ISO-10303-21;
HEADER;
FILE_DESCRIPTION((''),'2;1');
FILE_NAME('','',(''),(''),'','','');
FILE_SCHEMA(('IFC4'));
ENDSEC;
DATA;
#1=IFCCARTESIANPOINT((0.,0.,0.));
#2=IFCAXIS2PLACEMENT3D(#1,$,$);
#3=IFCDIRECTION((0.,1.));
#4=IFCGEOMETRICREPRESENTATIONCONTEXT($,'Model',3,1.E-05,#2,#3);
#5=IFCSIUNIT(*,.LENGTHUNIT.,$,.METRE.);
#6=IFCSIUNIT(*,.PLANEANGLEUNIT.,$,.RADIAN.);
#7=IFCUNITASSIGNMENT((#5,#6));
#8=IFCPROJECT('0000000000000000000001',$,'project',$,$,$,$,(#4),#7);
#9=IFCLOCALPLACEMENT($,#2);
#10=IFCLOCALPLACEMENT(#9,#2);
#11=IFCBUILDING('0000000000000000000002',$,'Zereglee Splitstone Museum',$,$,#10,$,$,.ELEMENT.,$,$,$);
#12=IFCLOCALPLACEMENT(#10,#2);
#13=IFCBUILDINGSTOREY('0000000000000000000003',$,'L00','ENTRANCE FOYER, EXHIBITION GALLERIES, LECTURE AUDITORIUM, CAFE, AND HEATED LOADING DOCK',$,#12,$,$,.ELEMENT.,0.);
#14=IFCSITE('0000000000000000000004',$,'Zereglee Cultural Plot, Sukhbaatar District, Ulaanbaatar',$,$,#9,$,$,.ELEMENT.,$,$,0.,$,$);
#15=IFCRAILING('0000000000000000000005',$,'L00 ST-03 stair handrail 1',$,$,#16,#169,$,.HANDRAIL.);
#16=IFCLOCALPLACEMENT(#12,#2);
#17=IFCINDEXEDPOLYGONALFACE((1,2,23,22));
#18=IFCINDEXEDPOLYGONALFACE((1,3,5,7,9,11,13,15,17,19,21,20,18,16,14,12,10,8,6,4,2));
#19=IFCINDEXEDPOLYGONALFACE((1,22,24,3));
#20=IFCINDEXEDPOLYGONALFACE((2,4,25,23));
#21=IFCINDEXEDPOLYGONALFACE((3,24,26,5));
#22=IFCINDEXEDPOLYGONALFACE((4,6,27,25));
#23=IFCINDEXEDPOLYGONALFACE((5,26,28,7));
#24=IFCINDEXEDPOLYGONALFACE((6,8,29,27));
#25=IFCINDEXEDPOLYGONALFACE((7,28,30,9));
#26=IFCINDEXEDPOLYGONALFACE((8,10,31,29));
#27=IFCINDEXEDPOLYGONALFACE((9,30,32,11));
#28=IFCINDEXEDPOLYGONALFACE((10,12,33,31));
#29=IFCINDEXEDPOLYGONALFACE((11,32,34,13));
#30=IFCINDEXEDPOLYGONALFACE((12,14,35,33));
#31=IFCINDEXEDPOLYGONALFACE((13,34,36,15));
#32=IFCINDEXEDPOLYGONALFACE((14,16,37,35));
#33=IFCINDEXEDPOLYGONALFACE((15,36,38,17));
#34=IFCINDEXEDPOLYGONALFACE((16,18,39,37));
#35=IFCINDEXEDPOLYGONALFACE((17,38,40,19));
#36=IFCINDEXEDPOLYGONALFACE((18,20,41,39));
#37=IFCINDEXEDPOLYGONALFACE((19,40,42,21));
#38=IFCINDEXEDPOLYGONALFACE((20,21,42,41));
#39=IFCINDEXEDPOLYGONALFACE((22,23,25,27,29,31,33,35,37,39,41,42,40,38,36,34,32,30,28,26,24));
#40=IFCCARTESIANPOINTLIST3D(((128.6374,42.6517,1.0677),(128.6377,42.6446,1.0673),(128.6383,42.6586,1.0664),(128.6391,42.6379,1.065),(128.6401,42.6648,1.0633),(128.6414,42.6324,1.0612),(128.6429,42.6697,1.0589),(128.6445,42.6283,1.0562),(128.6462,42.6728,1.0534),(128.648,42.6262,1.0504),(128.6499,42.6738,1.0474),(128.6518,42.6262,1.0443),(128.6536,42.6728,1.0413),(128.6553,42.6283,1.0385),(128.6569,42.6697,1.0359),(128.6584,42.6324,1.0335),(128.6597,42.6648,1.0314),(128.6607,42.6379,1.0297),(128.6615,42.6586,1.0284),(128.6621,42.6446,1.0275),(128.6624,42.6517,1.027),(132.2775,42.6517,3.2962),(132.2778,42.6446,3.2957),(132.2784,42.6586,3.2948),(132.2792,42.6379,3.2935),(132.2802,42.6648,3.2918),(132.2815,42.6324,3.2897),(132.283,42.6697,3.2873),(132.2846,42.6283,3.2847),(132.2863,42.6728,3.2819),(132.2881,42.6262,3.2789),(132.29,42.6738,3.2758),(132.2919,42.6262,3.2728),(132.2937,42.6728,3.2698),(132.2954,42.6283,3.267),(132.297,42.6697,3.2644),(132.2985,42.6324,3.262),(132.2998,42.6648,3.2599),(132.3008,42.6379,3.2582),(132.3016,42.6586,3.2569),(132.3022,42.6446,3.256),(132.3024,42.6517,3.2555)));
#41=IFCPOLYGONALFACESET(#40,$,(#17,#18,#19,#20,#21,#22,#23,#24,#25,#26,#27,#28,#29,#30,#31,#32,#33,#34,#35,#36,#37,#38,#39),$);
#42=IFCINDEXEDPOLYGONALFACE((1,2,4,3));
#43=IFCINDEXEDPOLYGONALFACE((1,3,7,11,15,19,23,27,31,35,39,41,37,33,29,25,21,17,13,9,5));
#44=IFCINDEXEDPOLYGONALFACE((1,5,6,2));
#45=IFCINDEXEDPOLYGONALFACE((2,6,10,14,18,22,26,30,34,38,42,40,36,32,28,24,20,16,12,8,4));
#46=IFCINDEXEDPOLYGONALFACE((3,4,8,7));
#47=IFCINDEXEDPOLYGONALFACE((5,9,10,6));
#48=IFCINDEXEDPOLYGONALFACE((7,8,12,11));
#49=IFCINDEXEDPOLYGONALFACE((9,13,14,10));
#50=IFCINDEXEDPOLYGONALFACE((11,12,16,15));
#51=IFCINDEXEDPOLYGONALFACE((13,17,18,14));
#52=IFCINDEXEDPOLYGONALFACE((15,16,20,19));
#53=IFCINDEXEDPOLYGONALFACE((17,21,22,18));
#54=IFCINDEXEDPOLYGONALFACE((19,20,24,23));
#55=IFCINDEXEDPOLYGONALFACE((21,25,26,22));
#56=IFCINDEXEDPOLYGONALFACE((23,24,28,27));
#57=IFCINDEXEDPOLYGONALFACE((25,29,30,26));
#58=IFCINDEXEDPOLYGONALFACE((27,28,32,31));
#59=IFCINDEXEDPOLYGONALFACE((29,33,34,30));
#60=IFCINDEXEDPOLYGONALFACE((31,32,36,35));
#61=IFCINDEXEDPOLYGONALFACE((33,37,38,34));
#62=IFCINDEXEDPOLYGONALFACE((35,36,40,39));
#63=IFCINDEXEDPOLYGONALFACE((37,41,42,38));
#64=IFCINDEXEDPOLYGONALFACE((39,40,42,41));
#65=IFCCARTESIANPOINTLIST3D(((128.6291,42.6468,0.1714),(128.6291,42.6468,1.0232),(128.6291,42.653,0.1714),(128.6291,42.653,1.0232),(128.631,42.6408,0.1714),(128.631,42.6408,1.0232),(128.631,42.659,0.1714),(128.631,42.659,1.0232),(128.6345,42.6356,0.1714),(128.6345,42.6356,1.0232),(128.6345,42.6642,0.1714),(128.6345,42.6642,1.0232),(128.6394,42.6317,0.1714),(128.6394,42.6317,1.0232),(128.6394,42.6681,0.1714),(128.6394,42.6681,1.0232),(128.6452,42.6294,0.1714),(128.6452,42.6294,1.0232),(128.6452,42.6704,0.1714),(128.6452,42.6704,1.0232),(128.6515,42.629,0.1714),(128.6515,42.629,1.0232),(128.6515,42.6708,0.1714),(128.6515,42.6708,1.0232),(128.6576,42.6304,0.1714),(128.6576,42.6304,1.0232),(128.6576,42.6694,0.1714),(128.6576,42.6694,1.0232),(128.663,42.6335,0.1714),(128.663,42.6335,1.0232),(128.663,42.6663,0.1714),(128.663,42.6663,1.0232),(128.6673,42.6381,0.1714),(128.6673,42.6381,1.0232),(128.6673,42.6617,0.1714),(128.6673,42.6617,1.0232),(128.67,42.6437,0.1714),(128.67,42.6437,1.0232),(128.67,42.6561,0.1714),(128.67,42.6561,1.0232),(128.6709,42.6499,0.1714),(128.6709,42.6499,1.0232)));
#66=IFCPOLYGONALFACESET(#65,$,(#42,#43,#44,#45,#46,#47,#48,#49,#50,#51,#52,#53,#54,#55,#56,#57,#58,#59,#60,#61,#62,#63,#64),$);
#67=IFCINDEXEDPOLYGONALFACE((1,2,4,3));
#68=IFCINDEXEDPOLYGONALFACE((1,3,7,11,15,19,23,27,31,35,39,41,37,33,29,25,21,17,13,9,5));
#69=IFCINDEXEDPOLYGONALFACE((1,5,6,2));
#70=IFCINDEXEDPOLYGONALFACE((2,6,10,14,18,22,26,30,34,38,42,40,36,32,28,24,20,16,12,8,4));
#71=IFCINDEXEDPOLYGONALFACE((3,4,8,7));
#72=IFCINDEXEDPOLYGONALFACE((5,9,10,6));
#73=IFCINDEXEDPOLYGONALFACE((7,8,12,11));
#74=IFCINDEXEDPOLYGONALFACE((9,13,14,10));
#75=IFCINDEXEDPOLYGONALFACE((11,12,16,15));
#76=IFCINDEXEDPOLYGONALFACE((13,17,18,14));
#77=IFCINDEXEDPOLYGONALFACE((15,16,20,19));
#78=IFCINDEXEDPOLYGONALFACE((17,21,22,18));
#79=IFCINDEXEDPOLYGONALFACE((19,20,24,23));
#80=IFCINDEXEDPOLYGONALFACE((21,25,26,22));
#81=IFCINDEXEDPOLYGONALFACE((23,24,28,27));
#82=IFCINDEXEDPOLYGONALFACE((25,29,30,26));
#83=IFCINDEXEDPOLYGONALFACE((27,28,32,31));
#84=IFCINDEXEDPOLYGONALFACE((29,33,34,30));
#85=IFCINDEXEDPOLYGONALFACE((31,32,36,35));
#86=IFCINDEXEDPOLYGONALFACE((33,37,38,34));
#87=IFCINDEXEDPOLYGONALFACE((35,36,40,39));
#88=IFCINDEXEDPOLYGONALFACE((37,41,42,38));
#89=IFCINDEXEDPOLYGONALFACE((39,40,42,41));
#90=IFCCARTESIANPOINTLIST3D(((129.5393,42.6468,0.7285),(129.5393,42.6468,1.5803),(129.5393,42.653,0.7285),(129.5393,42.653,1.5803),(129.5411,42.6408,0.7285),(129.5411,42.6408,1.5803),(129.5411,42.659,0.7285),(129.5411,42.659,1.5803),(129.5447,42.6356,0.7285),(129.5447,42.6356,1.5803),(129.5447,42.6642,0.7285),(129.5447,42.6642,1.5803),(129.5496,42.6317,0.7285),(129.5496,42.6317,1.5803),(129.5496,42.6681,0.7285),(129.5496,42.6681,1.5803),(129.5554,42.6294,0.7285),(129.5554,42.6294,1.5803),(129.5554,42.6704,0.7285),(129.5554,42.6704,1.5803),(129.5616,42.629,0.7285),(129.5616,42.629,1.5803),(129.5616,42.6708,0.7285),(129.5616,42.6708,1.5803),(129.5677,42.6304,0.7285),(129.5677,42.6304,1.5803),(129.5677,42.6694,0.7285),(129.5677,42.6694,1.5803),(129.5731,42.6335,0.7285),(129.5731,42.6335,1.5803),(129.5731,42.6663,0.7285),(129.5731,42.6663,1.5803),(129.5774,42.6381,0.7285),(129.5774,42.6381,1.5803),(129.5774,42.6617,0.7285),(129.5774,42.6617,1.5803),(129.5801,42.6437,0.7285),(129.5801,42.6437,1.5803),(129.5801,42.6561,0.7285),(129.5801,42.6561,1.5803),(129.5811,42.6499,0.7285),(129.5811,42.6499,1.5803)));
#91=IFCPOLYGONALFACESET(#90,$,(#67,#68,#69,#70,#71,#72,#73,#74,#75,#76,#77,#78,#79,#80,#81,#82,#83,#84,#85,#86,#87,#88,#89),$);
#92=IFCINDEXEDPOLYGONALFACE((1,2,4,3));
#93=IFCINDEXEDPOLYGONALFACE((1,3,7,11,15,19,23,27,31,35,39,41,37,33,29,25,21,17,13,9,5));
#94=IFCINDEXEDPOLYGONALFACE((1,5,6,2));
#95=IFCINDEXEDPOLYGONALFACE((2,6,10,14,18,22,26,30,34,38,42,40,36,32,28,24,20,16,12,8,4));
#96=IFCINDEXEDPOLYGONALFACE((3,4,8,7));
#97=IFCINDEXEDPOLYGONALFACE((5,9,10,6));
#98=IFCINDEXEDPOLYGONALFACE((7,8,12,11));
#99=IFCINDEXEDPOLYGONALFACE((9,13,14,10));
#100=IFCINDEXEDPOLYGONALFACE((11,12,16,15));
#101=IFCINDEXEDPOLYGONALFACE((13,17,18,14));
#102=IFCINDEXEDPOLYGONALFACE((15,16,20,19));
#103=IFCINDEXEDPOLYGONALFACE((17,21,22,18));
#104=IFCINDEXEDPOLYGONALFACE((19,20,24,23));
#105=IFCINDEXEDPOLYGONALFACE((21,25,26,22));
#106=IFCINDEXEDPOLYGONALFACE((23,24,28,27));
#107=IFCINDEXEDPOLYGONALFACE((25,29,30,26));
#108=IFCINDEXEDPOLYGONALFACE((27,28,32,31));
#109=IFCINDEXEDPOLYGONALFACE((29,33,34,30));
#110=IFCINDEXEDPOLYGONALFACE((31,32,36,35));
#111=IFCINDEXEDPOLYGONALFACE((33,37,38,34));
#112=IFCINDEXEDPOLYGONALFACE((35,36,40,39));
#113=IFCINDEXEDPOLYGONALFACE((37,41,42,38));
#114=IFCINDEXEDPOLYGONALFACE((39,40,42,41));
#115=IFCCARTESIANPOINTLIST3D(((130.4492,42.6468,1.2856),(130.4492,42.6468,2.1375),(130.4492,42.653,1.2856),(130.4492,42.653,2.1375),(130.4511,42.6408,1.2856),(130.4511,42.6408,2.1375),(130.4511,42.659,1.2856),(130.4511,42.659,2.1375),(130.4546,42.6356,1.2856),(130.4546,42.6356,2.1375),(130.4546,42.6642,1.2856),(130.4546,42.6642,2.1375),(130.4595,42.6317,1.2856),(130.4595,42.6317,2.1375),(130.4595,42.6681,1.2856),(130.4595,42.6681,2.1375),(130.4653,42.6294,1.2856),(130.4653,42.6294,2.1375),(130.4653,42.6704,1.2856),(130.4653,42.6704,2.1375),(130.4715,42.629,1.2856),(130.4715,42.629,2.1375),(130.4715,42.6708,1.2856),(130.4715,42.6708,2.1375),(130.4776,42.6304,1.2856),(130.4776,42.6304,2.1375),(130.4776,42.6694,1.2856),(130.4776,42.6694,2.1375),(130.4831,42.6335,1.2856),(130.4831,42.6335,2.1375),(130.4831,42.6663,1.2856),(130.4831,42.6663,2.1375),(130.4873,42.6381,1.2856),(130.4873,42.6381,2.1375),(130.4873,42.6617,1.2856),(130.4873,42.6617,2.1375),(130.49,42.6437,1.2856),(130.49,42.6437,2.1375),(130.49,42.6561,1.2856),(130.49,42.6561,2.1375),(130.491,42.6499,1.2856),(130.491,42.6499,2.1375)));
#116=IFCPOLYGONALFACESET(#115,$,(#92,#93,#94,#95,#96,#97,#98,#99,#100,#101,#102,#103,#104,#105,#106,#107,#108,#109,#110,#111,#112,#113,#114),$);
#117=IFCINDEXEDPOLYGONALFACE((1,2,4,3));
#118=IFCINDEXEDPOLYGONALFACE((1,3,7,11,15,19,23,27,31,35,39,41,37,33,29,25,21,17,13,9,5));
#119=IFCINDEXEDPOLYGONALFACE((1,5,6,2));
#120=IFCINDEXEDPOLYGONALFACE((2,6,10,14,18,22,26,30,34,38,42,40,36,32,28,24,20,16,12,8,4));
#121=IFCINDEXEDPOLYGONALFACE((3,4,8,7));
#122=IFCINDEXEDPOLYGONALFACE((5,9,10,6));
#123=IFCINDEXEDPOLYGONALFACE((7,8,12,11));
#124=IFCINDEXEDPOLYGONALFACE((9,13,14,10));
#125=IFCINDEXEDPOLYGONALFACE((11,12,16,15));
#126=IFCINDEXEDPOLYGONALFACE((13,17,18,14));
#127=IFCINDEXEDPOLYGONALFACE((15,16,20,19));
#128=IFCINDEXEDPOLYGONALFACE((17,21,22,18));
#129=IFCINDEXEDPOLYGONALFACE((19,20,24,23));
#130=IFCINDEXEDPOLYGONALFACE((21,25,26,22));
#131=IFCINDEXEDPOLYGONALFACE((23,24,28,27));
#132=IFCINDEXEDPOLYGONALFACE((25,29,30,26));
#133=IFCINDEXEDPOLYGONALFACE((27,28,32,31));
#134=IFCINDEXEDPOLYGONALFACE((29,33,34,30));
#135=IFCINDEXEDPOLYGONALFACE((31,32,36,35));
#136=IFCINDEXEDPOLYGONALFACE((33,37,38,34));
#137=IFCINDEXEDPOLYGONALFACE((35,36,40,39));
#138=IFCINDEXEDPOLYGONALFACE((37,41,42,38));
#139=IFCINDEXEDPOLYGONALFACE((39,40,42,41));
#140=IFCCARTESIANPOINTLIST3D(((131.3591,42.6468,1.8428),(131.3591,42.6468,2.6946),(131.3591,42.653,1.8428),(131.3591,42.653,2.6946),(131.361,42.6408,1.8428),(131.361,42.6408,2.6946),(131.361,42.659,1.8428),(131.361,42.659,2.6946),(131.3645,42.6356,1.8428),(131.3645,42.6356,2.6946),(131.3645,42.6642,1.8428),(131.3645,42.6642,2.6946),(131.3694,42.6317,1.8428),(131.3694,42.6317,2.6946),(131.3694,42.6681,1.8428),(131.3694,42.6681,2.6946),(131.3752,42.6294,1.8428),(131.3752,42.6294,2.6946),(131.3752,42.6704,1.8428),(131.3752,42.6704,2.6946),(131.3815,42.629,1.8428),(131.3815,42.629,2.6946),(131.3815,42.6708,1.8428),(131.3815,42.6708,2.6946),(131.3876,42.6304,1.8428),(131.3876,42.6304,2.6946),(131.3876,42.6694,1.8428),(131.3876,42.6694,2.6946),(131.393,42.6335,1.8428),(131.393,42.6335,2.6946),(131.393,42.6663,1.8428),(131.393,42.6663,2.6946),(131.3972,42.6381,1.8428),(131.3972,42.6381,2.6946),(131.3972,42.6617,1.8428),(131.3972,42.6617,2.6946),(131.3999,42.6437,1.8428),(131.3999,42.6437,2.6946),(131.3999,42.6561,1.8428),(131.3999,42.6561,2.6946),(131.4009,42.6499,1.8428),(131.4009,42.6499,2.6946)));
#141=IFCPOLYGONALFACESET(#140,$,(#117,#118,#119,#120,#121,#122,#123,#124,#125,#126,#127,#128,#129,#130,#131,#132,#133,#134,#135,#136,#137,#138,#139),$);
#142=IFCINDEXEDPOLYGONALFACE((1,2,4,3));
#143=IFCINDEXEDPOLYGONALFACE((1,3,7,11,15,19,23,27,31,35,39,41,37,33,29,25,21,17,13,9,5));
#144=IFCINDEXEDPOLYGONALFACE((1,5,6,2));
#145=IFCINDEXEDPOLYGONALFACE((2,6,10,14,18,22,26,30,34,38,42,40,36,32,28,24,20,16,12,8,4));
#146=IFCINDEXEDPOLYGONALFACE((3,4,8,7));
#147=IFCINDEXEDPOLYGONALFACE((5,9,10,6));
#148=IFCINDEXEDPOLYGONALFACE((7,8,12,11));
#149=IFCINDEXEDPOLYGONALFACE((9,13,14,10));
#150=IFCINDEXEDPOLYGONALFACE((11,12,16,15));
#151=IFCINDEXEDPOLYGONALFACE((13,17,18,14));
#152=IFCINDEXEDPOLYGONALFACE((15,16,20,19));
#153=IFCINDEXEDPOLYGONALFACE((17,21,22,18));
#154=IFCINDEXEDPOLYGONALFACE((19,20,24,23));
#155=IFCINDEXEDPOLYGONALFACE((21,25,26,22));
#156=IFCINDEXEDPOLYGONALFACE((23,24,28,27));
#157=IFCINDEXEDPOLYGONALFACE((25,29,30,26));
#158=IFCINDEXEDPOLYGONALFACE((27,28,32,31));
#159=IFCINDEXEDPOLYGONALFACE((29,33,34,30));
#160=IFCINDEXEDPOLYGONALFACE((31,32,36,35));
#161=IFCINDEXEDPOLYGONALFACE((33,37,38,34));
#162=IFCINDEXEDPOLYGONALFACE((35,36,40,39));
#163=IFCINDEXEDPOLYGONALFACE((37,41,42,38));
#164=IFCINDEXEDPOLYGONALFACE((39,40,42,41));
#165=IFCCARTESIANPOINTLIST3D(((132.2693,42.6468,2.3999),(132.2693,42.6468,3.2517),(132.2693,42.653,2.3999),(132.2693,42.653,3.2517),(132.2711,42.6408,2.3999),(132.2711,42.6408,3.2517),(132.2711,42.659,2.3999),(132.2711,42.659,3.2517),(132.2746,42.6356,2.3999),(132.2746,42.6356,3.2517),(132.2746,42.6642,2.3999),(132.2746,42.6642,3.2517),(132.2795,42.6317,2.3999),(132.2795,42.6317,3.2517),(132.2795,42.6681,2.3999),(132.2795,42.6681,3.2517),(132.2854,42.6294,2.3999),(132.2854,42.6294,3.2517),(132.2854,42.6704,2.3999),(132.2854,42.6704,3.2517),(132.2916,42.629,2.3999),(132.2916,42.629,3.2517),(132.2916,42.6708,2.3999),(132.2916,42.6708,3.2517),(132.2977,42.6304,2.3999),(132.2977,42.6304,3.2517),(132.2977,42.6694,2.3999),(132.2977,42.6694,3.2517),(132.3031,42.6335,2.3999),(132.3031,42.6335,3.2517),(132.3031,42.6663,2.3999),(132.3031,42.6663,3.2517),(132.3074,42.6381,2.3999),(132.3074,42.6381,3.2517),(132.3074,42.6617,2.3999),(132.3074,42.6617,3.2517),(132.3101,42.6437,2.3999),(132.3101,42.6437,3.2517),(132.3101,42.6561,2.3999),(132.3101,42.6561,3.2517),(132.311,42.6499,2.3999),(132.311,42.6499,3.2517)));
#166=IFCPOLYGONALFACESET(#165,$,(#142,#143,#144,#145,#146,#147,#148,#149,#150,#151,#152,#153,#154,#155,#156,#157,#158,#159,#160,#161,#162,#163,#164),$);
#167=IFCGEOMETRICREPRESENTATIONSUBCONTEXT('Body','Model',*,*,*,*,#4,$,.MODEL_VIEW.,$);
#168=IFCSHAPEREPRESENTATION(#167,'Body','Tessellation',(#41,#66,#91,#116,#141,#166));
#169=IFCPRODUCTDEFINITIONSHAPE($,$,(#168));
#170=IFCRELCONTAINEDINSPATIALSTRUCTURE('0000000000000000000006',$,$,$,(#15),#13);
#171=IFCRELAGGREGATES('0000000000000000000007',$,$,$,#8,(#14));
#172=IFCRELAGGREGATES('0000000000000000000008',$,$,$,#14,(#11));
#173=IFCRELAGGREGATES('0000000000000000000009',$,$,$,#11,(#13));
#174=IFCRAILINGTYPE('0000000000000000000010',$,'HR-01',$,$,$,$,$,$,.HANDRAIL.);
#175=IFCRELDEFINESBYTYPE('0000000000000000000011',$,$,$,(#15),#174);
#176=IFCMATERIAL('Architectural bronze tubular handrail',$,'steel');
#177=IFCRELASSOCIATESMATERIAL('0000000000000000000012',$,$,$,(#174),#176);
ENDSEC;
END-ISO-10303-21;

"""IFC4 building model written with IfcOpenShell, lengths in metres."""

from ifc_helpers import new_model, si_unit, direction, frame, origin, origin_2d, place, context, subcontext, project, spatial, circle, extrude, material, type_object, element, save


model = new_model("IFC4")

# Units and contexts
model_context = context("Model", 3, precision=1e-05, world=origin(), true_north=direction((0.0, 1.0)))
body_context = subcontext(model_context, "Body", "Model", "MODEL_VIEW")
ifc_project = project(units=[si_unit("LENGTHUNIT", "METRE"), si_unit("PLANEANGLEUNIT", "RADIAN")], contexts=[model_context])

# Site, building, storey
site_placement = place(None, origin())
site = spatial("IfcSite", under=ifc_project, at=site_placement, Name="Zereglee Cultural Plot, Sukhbaatar District, Ulaanbaatar", CompositionType="ELEMENT", RefElevation=0.0)
building_placement = place(site_placement, origin())
building = spatial("IfcBuilding", under=site, at=building_placement, Name="Zereglee Splitstone Museum", CompositionType="ELEMENT")
storey_placement = place(building_placement, origin())
storey = spatial("IfcBuildingStorey", under=building, at=storey_placement, Name="L00", Description="ENTRANCE FOYER, EXHIBITION GALLERIES, LECTURE AUDITORIUM, CAFE, AND HEATED LOADING DOCK", CompositionType="ELEMENT", Elevation=0.0)

# Railing
ifc_material_1 = material(Name="Architectural bronze tubular handrail", Category="steel")
railing_type_1 = type_object("IfcRailingType", Name="HR-01", PredefinedType="HANDRAIL", material=ifc_material_1)
railing_1_placement = place(storey_placement, frame((128.6499, 42.6499, 0.1714)))
element("IfcRailing", 1, at=railing_1_placement, inside=storey, type_object=railing_type_1, Name="L00 ST-03 stair handrail 1", PredefinedType="HANDRAIL", context=body_context, shape_type="SweptSolid", body=[
    extrude(circle(Radius=0.0239, at=origin_2d()), frame((0.0, 0.0, 0.876), z_axis=(0.852866, 0.0, 0.52213), x_axis=(0.0, 1.0, 0.0)), (0.0, 0.0, 1.0), 4.2681),
    extrude(circle(Radius=0.021, at=origin_2d()), origin(), (0.0, 0.0, 1.0), 0.8518),
    extrude(circle(Radius=0.021, at=origin_2d()), frame((0.9102, 0.0, 0.5571)), (0.0, 0.0, 1.0), 0.8518),
    extrude(circle(Radius=0.021, at=origin_2d()), frame((1.8201, 0.0, 1.1143)), (0.0, 0.0, 1.0), 0.8518),
    extrude(circle(Radius=0.021, at=origin_2d()), frame((2.73, 0.0, 1.6714)), (0.0, 0.0, 1.0), 0.8518),
    extrude(circle(Radius=0.021, at=origin_2d()), frame((3.6401, 0.0, 2.2285)), (0.0, 0.0, 1.0), 0.8518),
])

save(model, "model.ifc")
